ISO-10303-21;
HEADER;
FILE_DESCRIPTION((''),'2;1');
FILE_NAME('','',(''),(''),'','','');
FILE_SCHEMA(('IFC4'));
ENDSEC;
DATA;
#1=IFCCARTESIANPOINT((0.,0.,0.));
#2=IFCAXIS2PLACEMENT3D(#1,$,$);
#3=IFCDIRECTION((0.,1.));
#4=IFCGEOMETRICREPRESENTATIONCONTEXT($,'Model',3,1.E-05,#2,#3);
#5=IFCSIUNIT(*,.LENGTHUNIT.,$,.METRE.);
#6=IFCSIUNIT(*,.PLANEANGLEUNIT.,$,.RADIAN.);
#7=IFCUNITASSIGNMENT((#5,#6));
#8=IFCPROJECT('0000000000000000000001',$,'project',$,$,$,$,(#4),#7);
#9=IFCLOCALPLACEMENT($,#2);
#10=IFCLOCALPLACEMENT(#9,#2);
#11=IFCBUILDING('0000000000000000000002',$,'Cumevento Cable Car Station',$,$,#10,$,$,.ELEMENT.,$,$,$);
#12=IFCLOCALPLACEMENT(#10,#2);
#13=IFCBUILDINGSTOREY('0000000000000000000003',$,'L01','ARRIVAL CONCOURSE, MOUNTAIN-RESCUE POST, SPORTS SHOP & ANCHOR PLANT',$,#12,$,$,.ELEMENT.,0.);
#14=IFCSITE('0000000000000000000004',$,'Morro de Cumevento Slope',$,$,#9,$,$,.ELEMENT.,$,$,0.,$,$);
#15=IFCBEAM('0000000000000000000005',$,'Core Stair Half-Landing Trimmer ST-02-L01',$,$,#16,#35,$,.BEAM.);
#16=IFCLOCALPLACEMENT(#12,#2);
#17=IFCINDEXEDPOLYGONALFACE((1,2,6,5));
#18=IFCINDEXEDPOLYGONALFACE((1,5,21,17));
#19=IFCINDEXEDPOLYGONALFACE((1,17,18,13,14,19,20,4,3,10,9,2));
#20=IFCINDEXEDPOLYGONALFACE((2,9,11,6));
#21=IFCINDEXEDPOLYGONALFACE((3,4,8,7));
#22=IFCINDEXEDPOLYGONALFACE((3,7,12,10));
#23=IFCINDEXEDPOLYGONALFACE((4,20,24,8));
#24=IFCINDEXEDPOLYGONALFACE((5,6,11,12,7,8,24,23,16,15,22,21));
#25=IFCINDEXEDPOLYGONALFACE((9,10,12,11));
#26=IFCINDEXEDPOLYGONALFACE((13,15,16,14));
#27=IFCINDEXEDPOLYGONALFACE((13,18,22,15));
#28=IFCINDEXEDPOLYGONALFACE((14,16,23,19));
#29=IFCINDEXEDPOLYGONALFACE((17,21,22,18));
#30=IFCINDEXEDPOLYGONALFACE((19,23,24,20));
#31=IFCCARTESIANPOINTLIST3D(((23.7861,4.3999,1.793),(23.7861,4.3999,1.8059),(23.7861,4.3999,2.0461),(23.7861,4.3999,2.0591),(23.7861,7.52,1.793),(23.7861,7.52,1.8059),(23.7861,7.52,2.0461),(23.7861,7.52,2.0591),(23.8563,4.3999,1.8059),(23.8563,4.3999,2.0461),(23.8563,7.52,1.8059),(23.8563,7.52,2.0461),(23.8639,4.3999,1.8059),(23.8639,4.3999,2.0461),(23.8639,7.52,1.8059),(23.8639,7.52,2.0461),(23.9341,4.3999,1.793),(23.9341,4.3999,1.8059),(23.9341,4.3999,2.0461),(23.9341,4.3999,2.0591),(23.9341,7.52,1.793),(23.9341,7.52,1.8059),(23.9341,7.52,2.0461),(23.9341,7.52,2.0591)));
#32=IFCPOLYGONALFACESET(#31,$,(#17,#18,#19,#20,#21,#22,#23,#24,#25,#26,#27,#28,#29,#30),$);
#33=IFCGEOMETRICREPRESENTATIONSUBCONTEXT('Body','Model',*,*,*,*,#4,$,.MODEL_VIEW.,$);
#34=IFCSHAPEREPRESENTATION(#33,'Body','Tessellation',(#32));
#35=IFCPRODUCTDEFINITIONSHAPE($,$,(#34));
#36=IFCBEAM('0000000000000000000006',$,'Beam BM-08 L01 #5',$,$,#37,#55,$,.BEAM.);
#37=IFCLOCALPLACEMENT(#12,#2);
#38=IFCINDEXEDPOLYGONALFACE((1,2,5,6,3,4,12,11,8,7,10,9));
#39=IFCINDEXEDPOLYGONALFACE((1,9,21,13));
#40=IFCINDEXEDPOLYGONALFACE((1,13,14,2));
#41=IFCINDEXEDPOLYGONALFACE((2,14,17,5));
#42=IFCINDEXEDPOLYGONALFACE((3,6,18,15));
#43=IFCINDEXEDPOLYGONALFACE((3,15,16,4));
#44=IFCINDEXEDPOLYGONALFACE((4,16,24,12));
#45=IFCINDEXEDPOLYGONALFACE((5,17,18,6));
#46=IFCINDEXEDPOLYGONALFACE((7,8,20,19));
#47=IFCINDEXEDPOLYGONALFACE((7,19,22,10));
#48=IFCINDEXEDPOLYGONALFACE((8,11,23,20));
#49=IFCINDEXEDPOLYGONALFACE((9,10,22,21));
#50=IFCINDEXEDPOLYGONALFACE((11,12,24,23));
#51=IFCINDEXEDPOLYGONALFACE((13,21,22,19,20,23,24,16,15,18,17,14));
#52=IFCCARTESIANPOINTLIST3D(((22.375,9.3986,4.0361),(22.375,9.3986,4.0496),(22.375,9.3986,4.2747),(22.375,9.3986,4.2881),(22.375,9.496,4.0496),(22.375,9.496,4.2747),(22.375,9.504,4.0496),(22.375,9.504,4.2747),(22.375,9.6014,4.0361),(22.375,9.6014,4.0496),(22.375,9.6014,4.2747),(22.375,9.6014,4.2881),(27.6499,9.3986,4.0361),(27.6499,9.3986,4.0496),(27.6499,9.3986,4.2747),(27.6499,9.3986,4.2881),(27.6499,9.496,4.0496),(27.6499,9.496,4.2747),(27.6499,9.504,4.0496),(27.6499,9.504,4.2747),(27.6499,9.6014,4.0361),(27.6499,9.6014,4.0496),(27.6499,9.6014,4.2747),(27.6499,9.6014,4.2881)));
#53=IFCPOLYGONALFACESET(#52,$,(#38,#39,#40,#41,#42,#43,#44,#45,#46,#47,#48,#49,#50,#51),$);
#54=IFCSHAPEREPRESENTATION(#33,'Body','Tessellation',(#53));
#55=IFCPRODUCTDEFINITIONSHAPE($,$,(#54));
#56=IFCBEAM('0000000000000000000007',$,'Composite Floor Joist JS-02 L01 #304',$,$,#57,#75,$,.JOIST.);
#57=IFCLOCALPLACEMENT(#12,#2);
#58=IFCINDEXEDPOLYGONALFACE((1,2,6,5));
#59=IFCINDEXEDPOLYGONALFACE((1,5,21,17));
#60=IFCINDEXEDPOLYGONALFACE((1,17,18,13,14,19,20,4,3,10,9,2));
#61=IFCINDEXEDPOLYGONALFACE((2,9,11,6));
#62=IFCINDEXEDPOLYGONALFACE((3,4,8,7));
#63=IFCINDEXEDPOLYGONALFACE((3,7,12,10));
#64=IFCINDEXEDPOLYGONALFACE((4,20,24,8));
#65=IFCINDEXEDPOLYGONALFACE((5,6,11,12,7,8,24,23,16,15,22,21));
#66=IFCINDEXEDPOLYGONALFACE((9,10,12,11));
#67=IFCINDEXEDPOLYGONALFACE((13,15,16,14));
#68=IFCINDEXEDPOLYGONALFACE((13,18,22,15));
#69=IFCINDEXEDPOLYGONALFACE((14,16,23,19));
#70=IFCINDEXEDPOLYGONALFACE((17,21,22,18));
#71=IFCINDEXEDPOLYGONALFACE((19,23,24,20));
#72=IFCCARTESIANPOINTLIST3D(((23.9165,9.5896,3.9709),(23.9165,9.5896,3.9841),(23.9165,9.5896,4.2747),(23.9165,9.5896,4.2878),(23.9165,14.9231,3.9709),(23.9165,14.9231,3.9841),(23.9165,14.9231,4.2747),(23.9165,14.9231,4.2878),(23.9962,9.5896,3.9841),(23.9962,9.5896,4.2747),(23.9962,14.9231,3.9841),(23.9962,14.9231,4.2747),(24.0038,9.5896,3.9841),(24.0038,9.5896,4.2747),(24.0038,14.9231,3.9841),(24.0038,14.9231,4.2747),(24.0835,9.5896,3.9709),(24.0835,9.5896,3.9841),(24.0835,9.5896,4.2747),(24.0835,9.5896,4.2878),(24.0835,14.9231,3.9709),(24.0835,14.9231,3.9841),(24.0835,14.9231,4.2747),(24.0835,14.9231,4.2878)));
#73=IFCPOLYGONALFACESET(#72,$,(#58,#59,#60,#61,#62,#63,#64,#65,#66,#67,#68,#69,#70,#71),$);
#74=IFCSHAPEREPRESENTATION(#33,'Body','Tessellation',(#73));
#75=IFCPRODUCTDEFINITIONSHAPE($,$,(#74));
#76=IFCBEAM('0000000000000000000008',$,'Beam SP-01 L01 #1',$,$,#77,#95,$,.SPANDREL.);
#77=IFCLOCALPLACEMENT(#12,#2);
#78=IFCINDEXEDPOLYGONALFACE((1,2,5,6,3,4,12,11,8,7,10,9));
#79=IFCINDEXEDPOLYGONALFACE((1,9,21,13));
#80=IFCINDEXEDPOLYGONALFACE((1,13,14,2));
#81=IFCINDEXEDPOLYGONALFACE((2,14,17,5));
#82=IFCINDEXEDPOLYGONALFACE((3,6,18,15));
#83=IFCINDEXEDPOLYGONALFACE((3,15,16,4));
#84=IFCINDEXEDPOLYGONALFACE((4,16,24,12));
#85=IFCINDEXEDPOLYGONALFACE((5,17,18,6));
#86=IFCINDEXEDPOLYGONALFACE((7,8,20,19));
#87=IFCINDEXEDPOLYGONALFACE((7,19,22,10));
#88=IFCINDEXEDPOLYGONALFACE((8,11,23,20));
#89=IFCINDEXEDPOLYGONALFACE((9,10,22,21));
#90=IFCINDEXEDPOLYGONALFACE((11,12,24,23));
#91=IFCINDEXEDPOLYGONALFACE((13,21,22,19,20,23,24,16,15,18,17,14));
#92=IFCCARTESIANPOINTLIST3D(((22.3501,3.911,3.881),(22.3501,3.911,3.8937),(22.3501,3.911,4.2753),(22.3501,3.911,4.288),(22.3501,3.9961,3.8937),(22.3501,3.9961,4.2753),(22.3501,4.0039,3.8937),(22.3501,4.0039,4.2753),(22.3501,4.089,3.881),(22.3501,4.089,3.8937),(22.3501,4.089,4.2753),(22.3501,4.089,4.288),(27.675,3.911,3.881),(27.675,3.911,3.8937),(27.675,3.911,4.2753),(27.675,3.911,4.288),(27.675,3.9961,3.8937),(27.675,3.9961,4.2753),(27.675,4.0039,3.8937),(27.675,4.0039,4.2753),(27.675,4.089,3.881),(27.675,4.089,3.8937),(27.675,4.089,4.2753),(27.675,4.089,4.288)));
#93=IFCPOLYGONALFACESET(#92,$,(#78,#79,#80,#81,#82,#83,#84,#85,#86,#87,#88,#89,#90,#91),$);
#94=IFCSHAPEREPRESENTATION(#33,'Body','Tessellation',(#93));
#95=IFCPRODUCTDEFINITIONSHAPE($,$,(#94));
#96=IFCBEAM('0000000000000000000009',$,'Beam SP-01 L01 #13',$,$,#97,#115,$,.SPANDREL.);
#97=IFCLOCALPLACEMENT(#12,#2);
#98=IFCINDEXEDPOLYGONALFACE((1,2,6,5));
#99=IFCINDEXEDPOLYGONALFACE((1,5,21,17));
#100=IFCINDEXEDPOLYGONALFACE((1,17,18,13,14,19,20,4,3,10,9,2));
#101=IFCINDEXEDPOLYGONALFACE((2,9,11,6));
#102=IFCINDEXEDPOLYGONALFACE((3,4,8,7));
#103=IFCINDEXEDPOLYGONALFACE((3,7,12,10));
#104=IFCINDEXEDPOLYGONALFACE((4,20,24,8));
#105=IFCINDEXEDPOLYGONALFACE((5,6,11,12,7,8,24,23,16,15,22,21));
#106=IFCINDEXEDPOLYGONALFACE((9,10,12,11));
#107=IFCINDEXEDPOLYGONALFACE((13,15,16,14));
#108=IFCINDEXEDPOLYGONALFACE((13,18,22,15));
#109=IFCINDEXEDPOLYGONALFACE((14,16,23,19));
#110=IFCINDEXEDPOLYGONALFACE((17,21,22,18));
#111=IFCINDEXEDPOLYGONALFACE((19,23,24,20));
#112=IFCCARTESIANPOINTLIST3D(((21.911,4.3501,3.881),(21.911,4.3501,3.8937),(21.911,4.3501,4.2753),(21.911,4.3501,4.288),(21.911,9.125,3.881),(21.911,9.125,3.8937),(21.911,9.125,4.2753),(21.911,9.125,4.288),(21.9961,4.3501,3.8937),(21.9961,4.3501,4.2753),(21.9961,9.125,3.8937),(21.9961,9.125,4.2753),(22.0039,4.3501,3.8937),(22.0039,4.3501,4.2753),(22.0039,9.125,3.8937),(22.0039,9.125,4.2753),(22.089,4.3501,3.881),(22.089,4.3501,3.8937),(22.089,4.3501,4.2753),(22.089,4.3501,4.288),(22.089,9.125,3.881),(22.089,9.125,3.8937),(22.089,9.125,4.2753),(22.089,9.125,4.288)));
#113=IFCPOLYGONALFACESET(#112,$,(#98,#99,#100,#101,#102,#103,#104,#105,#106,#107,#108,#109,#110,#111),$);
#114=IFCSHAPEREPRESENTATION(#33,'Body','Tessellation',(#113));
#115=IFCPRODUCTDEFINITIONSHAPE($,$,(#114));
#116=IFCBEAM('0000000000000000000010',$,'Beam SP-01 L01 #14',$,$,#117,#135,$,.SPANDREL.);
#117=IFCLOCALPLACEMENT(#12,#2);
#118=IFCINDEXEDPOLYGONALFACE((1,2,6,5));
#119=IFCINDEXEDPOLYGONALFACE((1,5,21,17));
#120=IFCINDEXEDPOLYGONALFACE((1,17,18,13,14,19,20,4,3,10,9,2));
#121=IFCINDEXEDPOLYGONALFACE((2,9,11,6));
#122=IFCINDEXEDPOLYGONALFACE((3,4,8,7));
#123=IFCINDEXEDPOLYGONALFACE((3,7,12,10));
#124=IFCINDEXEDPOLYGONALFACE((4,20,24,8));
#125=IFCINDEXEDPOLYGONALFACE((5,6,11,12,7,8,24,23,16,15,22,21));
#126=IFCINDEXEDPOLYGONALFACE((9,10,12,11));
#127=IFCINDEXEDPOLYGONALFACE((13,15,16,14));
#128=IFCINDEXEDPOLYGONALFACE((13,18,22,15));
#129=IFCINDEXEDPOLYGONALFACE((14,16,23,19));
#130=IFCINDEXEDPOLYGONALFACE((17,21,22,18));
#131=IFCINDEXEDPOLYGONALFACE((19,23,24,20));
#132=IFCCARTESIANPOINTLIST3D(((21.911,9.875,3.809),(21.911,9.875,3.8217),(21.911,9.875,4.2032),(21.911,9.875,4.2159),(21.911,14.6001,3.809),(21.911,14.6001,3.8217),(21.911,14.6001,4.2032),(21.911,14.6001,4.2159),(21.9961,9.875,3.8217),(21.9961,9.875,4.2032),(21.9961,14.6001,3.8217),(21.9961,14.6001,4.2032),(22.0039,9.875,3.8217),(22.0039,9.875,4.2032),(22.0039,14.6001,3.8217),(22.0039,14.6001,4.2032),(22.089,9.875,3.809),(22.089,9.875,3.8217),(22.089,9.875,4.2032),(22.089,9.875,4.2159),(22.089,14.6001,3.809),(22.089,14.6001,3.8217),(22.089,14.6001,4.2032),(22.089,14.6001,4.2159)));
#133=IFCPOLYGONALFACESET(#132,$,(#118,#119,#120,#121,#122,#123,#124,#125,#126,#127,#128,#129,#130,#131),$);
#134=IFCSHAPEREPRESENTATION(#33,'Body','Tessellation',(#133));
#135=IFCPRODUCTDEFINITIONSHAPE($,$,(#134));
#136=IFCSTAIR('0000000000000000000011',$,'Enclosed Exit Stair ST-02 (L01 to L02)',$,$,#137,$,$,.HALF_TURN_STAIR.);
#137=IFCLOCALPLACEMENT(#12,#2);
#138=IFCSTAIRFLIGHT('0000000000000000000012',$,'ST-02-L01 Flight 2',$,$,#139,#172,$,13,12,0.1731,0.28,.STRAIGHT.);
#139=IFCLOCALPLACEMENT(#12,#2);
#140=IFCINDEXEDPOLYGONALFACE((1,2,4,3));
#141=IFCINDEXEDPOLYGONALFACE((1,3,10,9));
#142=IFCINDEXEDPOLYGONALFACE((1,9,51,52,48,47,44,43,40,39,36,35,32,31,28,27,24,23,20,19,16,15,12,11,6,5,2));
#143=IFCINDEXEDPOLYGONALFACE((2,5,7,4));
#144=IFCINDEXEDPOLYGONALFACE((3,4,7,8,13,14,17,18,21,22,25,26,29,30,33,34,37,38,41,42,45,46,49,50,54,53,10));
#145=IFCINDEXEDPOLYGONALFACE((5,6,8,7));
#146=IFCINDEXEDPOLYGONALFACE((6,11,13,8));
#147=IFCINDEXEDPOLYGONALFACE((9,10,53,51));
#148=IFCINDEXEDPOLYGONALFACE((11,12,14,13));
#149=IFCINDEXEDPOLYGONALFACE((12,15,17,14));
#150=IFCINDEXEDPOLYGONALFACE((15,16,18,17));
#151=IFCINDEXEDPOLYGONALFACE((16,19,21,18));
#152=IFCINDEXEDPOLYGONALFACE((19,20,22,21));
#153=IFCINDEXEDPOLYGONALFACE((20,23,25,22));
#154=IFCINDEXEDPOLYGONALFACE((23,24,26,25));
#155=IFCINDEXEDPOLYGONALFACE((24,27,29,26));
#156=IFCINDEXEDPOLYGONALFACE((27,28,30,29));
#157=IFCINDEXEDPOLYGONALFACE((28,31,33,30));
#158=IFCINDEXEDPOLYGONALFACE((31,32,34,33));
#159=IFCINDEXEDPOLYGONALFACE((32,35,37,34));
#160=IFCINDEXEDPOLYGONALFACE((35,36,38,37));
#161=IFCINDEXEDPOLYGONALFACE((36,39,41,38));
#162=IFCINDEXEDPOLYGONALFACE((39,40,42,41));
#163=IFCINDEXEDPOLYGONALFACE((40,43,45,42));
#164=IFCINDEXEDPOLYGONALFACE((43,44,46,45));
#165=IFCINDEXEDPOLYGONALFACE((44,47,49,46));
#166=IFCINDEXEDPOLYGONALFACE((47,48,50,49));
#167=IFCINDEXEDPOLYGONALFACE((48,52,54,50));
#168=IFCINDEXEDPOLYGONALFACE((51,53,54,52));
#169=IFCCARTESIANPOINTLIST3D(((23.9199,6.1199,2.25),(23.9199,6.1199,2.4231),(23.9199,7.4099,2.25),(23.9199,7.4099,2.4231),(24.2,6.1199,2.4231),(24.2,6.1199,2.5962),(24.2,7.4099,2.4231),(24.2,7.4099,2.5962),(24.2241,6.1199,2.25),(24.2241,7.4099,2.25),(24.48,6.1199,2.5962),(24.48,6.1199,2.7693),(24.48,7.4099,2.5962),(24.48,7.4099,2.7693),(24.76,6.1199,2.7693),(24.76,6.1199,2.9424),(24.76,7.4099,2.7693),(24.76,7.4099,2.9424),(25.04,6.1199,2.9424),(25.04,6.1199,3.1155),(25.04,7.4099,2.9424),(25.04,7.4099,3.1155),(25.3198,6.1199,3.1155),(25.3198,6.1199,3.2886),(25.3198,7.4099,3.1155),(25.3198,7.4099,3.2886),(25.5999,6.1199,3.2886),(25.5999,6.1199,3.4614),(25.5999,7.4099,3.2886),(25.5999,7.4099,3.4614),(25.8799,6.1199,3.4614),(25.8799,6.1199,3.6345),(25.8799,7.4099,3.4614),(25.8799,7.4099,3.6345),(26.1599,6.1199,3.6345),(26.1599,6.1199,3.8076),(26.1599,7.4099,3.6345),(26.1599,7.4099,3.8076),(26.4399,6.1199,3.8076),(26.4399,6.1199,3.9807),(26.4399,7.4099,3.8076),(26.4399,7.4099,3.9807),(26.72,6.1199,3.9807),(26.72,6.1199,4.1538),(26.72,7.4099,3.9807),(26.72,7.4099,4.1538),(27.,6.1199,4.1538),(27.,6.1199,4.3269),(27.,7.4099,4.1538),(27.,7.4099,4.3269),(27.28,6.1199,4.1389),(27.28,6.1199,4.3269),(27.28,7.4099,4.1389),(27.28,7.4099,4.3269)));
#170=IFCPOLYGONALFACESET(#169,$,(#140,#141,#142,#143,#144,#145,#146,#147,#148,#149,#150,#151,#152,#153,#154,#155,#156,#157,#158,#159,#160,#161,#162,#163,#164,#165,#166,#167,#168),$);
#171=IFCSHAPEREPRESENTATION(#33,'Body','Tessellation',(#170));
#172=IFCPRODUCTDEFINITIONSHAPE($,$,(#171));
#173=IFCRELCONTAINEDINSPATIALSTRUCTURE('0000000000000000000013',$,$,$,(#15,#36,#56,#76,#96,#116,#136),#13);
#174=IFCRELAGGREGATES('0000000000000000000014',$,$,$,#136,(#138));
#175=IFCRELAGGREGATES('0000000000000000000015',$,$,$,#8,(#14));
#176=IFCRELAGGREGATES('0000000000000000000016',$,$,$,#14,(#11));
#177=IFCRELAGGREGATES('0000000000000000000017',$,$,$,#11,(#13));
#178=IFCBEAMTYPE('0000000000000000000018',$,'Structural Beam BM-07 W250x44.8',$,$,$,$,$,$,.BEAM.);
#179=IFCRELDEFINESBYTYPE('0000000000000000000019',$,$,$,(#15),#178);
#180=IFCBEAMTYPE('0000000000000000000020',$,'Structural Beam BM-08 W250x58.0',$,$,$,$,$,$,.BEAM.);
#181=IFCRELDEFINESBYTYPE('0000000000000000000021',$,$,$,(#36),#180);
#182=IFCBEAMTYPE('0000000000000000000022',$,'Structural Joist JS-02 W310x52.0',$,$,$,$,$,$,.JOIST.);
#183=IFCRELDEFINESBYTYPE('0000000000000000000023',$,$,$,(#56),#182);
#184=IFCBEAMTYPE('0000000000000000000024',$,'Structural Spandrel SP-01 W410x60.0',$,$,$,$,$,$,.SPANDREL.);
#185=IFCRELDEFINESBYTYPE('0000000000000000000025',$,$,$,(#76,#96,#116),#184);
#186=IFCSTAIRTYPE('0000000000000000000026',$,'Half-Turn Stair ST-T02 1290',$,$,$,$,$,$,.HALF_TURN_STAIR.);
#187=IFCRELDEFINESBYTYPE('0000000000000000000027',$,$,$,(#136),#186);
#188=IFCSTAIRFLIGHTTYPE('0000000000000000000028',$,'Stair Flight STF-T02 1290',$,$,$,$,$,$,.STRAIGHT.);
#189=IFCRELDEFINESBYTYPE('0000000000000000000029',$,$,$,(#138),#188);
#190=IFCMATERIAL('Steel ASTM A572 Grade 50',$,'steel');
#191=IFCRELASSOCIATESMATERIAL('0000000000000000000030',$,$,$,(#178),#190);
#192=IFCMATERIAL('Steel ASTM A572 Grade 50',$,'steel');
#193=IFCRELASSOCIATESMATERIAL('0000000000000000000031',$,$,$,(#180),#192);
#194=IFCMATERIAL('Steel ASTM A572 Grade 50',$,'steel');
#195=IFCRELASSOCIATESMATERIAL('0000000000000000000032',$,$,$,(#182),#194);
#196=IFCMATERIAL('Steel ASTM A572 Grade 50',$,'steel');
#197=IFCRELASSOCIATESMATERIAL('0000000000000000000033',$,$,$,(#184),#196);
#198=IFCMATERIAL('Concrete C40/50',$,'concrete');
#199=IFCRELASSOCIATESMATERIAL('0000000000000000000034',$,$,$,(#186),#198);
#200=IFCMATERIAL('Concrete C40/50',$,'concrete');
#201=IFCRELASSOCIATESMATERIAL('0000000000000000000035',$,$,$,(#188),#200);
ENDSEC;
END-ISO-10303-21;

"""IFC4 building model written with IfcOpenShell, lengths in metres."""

from ifc_helpers import new_model, si_unit, direction, frame, origin, origin_2d, place, context, subcontext, project, spatial, polyline, i_section, outline, extrude, material, material_profile, profile_set, type_object, element, aggregate, save


model = new_model("IFC4")

# Units and contexts
model_context = context("Model", 3, precision=1e-05, world=origin(), true_north=direction((0.0, 1.0)))
body_context = subcontext(model_context, "Body", "Model", "MODEL_VIEW")
ifc_project = project(units=[si_unit("LENGTHUNIT", "METRE"), si_unit("PLANEANGLEUNIT", "RADIAN")], contexts=[model_context])

# Site, building, storey
site_placement = place(None, origin())
site = spatial("IfcSite", under=ifc_project, at=site_placement, Name="Morro de Cumevento Slope", CompositionType="ELEMENT", RefElevation=0.0)
building_placement = place(site_placement, origin())
building = spatial("IfcBuilding", under=site, at=building_placement, Name="Cumevento Cable Car Station", CompositionType="ELEMENT")
storey_placement = place(building_placement, origin())
storey = spatial("IfcBuildingStorey", under=building, at=storey_placement, Name="L01", Description="ARRIVAL CONCOURSE, MOUNTAIN-RESCUE POST, SPORTS SHOP & ANCHOR PLANT", CompositionType="ELEMENT", Elevation=0.0)

# Beams
ifc_material_1 = material(Name="Steel ASTM A572 Grade 50", Category="steel")
ifc_material_profile_1 = material_profile(ifc_material_1, i_section(OverallWidth=0.1479, OverallDepth=0.2661, WebThickness=0.0076, FlangeThickness=0.0129, at=origin_2d()), Name="W250x44.8")
ifc_profile_set_1 = profile_set([ifc_material_profile_1], Name="Steel ASTM A572 Grade 50")
beam_type_1 = type_object("IfcBeamType", Name="Structural Beam BM-07 W250x44.8", PredefinedType="BEAM", material=ifc_profile_set_1)
beam_1_placement = place(storey_placement, frame((23.8601, 4.3999, 1.926), z_axis=(0.0, 1.0, 0.0), x_axis=(-1.0, 0.0, 0.0)))
element("IfcBeam", 1, at=beam_1_placement, inside=storey, type_object=beam_type_1, Name="Core Stair Half-Landing Trimmer ST-02-L01", PredefinedType="BEAM", context=body_context, shape_type="SweptSolid", body=[
    extrude(i_section(OverallWidth=0.1479, OverallDepth=0.2661, WebThickness=0.0076, FlangeThickness=0.0129, at=origin_2d()), origin(), (0.0, 0.0, 1.0), 3.1201),
])
ifc_material_2 = material(Name="Steel ASTM A572 Grade 50", Category="steel")
ifc_material_profile_2 = material_profile(ifc_material_2, i_section(OverallWidth=0.2029, OverallDepth=0.252, WebThickness=0.0081, FlangeThickness=0.0134, at=origin_2d()), Name="W250x58.0")
ifc_profile_set_2 = profile_set([ifc_material_profile_2], Name="Steel ASTM A572 Grade 50")
beam_type_2 = type_object("IfcBeamType", Name="Structural Beam BM-08 W250x58.0", PredefinedType="BEAM", material=ifc_profile_set_2)
beam_2_placement = place(storey_placement, frame((22.375, 9.5, 4.1621), z_axis=(1.0, 0.0, 0.0), x_axis=(0.0, 1.0, 0.0)))
element("IfcBeam", 2, at=beam_2_placement, inside=storey, type_object=beam_type_2, Name="Beam BM-08 L01 #5", PredefinedType="BEAM", context=body_context, shape_type="SweptSolid", body=[
    extrude(i_section(OverallWidth=0.2029, OverallDepth=0.252, WebThickness=0.0081, FlangeThickness=0.0134, at=origin_2d()), origin(), (0.0, 0.0, 1.0), 5.2749),
])
ifc_material_3 = material(Name="Steel ASTM A572 Grade 50", Category="steel")
ifc_material_profile_3 = material_profile(ifc_material_3, i_section(OverallWidth=0.167, OverallDepth=0.3169, WebThickness=0.0076, FlangeThickness=0.0132, at=origin_2d()), Name="W310x52.0")
ifc_profile_set_3 = profile_set([ifc_material_profile_3], Name="Steel ASTM A572 Grade 50")
beam_type_3 = type_object("IfcBeamType", Name="Structural Joist JS-02 W310x52.0", PredefinedType="JOIST", material=ifc_profile_set_3)
beam_3_placement = place(storey_placement, frame((24.0, 9.5896, 4.1294), z_axis=(0.0, 1.0, 0.0), x_axis=(-1.0, 0.0, 0.0)))
element("IfcBeam", 3, at=beam_3_placement, inside=storey, type_object=beam_type_3, Name="Composite Floor Joist JS-02 L01 #304", PredefinedType="JOIST", context=body_context, shape_type="SweptSolid", body=[
    extrude(i_section(OverallWidth=0.167, OverallDepth=0.3169, WebThickness=0.0076, FlangeThickness=0.0132, at=origin_2d()), origin(), (0.0, 0.0, 1.0), 5.3335),
])
ifc_material_4 = material(Name="Steel ASTM A572 Grade 50", Category="steel")
ifc_material_profile_4 = material_profile(ifc_material_4, i_section(OverallWidth=0.178, OverallDepth=0.407, WebThickness=0.0078, FlangeThickness=0.0127, at=origin_2d()), Name="W410x60.0")
ifc_profile_set_4 = profile_set([ifc_material_profile_4], Name="Steel ASTM A572 Grade 50")
beam_type_4 = type_object("IfcBeamType", Name="Structural Spandrel SP-01 W410x60.0", PredefinedType="SPANDREL", material=ifc_profile_set_4)
beam_4_placement = place(storey_placement, frame((22.3501, 4.0, 4.0845), z_axis=(1.0, 0.0, 0.0), x_axis=(0.0, 1.0, 0.0)))
element("IfcBeam", 4, at=beam_4_placement, inside=storey, type_object=beam_type_4, Name="Beam SP-01 L01 #1", PredefinedType="SPANDREL", context=body_context, shape_type="SweptSolid", body=[
    extrude(i_section(OverallWidth=0.178, OverallDepth=0.407, WebThickness=0.0078, FlangeThickness=0.0127, at=origin_2d()), origin(), (0.0, 0.0, 1.0), 5.325),
])
beam_5_placement = place(storey_placement, frame((22.0, 4.3501, 4.0845), z_axis=(0.0, 1.0, 0.0), x_axis=(-1.0, 0.0, 0.0)))
element("IfcBeam", 5, at=beam_5_placement, inside=storey, type_object=beam_type_4, Name="Beam SP-01 L01 #13", PredefinedType="SPANDREL", context=body_context, shape_type="SweptSolid", body=[
    extrude(i_section(OverallWidth=0.178, OverallDepth=0.407, WebThickness=0.0078, FlangeThickness=0.0127, at=origin_2d()), origin(), (0.0, 0.0, 1.0), 4.7749),
])
beam_6_placement = place(storey_placement, frame((22.0, 9.875, 4.0125), z_axis=(0.0, 1.0, 0.0), x_axis=(-1.0, 0.0, 0.0)))
element("IfcBeam", 6, at=beam_6_placement, inside=storey, type_object=beam_type_4, Name="Beam SP-01 L01 #14", PredefinedType="SPANDREL", context=body_context, shape_type="SweptSolid", body=[
    extrude(i_section(OverallWidth=0.178, OverallDepth=0.407, WebThickness=0.0078, FlangeThickness=0.0127, at=origin_2d()), origin(), (0.0, 0.0, 1.0), 4.7251),
])

# Stair, stair flight
ifc_material_5 = material(Name="Concrete C40/50", Category="concrete")
stair_type = type_object("IfcStairType", Name="Half-Turn Stair ST-T02 1290", PredefinedType="HALF_TURN_STAIR", material=ifc_material_5)
stair_placement = place(storey_placement, origin())
stair = element("IfcStair", 7, at=stair_placement, inside=storey, type_object=stair_type, Name="Enclosed Exit Stair ST-02 (L01 to L02)", PredefinedType="HALF_TURN_STAIR")
ifc_material_6 = material(Name="Concrete C40/50", Category="concrete")
stair_flight_type = type_object("IfcStairFlightType", Name="Stair Flight STF-T02 1290", PredefinedType="STRAIGHT", material=ifc_material_6)
stair_flight_placement = place(storey_placement, frame((23.9199, 6.7649, 2.25), z_axis=(0.0, 0.0, 1.0), x_axis=(1.0, 0.0, 0.0)))
stair_flight = element("IfcStairFlight", 8, at=stair_flight_placement, type_object=stair_flight_type, Name="ST-02-L01 Flight 2", NumberOfRisers=13, NumberOfTreads=12, PredefinedType="STRAIGHT", RiserHeight=0.1731, TreadLength=0.28, context=body_context, shape_type="SweptSolid", body=[
    extrude(outline(polyline([(0.0, 0.0), (0.0, 0.1731), (0.28, 0.1731), (0.28, 0.3462), (0.5601, 0.3462), (0.5601, 0.5193), (0.8401, 0.5193), (0.8401, 0.6924), (1.1201, 0.6924), (1.1201, 0.8655), (1.3999, 0.8655), (1.3999, 1.0386), (1.6799, 1.0386), (1.6799, 1.2114), (1.96, 1.2114), (1.96, 1.3845), (2.24, 1.3845), (2.24, 1.5576), (2.52, 1.5576), (2.52, 1.7307), (2.8, 1.7307), (2.8, 1.9038), (3.0801, 1.9038), (3.0801, 2.0769), (3.3601, 2.0769), (3.3601, 2.25), (3.3601, 1.8889), (0.3042, 0.0), (0.0, 0.0)])), frame((0.0, 0.645, 0.0), z_axis=(0.0, -1.0, 0.0), x_axis=(1.0, 0.0, 0.0)), (0.0, 0.0, 1.0), 1.29),
])
aggregate(stair, [stair_flight])

save(model, "model.ifc")
